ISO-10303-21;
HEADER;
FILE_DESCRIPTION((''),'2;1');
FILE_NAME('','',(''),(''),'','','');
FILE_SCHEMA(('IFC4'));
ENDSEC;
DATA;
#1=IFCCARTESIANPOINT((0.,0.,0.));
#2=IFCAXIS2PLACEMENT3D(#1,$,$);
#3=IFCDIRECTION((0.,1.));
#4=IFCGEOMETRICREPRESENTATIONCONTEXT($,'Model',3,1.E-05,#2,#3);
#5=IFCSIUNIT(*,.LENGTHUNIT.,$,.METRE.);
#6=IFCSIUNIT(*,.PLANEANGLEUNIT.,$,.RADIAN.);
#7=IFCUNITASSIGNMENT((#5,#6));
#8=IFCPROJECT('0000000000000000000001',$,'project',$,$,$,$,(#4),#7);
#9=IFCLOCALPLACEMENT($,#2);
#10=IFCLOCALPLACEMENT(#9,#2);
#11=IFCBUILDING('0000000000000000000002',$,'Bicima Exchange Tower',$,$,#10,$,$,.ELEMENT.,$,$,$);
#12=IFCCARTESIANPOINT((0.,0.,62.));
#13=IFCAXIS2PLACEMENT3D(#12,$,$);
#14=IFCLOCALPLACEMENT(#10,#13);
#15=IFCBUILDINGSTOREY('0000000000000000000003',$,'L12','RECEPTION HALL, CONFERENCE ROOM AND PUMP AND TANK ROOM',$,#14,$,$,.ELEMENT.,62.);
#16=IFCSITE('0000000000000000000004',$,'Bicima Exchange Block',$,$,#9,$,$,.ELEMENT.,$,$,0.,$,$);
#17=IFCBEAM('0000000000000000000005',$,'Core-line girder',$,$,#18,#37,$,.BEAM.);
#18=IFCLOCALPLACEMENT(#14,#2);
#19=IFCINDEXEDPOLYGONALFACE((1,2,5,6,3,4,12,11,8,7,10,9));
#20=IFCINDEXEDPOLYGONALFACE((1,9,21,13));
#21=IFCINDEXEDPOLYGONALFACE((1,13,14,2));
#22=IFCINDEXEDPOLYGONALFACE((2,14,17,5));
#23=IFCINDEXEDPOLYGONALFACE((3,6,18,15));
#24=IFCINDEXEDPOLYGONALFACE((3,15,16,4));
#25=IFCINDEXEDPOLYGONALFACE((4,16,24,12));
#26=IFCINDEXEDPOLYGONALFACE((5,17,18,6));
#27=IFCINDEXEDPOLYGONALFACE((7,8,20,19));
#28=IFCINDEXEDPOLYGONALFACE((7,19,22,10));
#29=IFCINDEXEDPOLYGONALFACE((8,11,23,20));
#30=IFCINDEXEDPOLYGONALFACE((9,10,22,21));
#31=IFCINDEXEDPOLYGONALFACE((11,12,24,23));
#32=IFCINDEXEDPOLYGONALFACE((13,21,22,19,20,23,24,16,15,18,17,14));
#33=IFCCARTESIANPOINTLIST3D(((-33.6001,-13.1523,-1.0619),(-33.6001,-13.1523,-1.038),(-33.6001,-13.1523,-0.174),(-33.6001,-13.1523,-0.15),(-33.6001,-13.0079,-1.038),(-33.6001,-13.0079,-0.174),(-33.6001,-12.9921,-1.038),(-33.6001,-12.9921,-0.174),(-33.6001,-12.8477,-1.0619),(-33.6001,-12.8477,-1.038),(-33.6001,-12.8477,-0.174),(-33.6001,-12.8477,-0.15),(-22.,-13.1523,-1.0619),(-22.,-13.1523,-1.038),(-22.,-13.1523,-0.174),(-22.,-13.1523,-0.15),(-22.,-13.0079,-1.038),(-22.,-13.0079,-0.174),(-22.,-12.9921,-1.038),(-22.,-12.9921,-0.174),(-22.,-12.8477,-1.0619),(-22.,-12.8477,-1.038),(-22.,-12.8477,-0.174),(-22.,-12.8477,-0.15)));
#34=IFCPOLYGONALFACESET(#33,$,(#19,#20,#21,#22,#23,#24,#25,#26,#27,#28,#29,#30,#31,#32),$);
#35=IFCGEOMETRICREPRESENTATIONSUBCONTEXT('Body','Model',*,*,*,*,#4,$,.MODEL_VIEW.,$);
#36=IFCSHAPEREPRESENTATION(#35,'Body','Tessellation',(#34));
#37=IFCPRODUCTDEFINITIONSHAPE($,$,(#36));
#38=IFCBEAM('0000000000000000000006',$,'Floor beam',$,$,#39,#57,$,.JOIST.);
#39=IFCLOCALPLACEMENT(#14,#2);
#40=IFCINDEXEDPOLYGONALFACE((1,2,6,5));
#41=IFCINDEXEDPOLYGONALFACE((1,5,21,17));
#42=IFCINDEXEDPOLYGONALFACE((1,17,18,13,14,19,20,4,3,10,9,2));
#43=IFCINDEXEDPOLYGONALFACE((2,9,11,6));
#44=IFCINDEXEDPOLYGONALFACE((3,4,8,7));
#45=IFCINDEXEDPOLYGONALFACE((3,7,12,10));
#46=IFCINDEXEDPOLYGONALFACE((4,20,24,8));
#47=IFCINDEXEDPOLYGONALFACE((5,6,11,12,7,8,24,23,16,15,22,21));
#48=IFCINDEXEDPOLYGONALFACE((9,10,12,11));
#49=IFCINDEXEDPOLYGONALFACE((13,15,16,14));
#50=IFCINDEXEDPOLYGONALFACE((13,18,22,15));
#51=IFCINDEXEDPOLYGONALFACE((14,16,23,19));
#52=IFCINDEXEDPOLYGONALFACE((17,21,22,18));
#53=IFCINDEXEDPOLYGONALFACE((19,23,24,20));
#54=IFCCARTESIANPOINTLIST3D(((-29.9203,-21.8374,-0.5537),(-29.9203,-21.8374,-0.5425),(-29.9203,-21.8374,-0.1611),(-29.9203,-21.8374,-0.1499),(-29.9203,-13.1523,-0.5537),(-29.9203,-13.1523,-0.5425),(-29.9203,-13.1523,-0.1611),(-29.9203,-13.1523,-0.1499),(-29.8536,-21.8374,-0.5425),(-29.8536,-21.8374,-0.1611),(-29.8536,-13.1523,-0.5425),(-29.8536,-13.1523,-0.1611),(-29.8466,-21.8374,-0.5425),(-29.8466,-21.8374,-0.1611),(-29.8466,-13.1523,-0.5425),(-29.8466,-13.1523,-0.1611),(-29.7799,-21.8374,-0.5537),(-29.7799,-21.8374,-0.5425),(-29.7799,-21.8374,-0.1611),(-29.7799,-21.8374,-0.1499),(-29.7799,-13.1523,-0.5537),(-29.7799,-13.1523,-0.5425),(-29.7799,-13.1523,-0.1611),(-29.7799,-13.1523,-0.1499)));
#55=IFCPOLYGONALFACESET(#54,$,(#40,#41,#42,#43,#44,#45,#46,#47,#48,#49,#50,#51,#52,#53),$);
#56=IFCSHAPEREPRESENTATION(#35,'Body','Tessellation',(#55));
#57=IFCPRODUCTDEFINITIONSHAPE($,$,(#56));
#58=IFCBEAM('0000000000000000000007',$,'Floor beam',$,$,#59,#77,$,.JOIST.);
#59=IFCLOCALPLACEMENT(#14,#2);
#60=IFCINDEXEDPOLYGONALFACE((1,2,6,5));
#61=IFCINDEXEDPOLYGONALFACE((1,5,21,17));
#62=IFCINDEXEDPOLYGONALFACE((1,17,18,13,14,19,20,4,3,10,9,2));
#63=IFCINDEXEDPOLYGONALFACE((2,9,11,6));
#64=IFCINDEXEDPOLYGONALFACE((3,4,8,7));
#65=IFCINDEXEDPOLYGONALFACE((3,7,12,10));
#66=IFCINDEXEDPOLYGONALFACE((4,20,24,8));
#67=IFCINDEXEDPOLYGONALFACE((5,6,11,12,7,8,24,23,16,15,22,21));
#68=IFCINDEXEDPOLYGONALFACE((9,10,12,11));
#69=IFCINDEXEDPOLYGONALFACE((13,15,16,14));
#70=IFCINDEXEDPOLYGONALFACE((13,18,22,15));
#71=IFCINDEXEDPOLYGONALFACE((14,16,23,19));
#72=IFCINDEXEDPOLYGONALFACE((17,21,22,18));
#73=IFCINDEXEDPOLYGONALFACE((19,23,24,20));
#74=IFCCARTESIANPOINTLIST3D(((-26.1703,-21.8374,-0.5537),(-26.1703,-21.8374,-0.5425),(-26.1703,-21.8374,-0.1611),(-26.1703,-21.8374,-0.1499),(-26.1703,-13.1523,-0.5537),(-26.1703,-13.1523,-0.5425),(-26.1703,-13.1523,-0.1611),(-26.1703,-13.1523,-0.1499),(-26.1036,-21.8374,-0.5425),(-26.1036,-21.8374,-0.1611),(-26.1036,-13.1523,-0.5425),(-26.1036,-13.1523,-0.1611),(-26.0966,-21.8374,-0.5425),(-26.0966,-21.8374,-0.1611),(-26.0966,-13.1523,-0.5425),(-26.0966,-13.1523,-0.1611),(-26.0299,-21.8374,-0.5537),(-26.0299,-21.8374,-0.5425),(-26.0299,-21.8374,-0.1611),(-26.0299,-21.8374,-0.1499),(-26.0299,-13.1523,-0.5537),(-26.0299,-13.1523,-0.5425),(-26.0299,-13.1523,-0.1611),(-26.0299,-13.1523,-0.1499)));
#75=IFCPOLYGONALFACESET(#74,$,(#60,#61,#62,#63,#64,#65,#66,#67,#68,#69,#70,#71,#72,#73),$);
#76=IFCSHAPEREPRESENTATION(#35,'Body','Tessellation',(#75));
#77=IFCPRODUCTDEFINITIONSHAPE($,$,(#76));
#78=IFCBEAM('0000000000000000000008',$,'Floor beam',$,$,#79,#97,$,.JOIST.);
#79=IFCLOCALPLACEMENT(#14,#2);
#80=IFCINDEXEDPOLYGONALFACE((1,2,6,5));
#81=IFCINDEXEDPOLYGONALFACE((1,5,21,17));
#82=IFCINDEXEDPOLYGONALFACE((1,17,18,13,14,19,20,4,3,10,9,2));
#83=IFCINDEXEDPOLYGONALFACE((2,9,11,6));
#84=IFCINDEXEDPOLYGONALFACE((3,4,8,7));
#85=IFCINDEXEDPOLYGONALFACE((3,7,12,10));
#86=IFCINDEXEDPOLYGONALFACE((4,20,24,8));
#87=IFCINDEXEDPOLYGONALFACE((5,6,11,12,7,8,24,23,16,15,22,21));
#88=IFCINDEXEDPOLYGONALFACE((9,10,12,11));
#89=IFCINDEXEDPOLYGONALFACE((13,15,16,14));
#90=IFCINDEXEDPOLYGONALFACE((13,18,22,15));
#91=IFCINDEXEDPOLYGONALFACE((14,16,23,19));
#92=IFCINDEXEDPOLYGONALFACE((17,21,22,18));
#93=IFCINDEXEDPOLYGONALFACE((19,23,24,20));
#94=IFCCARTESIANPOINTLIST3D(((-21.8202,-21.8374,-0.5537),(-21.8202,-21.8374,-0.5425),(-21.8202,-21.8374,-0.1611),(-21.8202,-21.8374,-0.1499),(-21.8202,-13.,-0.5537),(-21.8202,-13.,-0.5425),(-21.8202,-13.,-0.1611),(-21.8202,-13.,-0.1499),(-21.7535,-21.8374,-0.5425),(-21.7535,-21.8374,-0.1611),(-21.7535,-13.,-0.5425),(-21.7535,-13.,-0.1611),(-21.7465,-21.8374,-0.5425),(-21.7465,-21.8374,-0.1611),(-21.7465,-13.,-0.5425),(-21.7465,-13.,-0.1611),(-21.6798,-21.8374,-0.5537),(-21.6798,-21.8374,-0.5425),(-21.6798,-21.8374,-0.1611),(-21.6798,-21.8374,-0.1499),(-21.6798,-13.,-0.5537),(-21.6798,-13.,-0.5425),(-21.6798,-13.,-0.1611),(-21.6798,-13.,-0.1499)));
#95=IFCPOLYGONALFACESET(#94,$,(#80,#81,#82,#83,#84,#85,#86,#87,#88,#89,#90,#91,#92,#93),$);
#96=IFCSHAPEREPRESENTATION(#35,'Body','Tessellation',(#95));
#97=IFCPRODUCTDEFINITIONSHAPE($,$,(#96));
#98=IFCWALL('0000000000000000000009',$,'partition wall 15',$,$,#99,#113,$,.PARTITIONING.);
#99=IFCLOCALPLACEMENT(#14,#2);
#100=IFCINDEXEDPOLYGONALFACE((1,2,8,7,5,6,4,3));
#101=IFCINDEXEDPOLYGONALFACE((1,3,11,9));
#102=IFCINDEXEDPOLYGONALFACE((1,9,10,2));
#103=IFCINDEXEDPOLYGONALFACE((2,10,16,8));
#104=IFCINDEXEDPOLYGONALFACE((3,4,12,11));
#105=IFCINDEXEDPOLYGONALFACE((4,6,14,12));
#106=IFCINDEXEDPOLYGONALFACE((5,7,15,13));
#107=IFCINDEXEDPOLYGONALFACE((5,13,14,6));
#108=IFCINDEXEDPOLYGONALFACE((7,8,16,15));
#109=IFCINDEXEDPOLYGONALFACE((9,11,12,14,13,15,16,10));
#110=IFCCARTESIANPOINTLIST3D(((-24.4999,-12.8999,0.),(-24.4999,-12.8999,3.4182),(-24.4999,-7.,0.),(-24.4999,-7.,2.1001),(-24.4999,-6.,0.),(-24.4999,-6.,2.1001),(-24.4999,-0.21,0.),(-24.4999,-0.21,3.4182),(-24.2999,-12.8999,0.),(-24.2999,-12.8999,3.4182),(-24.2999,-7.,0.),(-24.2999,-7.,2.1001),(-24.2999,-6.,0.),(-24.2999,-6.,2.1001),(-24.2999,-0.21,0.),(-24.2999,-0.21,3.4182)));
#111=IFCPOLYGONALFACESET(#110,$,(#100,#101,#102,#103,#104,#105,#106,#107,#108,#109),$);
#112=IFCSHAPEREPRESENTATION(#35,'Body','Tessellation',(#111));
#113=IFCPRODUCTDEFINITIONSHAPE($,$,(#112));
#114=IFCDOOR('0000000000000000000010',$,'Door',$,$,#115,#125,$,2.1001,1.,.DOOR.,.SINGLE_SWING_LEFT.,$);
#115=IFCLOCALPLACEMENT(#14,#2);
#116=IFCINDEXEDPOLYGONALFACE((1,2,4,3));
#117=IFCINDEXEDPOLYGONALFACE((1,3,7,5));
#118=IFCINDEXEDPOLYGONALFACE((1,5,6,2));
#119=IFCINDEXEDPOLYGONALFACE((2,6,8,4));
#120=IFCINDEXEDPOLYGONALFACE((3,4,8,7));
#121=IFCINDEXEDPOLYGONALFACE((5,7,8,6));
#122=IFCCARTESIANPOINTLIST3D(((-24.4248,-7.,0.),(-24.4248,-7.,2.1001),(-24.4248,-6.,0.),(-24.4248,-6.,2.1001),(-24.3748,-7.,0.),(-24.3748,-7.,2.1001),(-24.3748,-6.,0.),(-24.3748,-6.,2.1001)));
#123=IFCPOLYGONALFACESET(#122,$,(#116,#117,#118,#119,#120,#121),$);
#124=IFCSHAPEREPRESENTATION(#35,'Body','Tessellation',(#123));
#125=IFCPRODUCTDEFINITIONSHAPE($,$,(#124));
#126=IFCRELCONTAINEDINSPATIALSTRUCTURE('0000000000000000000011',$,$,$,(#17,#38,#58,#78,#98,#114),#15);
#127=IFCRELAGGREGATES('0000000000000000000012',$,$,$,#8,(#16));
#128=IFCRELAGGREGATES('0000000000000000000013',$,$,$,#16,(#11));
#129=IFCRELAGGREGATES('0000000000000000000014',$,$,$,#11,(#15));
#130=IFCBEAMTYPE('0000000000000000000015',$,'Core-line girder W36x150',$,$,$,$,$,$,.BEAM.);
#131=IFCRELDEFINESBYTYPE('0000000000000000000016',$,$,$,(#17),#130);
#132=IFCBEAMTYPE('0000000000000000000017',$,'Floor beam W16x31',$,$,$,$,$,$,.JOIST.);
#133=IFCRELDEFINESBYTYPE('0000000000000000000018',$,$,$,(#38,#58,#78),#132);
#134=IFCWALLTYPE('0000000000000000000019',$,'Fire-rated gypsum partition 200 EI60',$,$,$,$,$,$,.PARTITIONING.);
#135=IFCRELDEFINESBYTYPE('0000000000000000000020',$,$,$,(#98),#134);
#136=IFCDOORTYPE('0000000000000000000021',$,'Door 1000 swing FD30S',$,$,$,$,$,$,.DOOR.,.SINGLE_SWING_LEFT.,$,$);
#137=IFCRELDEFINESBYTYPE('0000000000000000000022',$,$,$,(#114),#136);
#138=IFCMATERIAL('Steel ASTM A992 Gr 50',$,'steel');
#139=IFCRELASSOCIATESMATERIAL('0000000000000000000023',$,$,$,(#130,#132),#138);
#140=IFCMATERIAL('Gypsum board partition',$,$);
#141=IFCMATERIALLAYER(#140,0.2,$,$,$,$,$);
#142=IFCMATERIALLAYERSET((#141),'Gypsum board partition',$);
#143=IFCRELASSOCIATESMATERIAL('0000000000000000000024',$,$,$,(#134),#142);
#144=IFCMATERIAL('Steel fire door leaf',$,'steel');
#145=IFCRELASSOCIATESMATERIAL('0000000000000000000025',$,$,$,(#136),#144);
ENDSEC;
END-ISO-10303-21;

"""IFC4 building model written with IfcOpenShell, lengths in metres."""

from ifc_helpers import new_model, si_unit, direction, frame, frame_2d, origin, origin_2d, place, context, subcontext, project, spatial, rectangle, i_section, extrude, material, layer, layer_set, material_profile, profile_set, type_object, element, fill, save


model = new_model("IFC4")

# Units and contexts
model_context = context("Model", 3, precision=1e-05, world=origin(), true_north=direction((0.0, 1.0)))
body_context = subcontext(model_context, "Body", "Model", "MODEL_VIEW")
ifc_project = project(units=[si_unit("LENGTHUNIT", "METRE"), si_unit("PLANEANGLEUNIT", "RADIAN")], contexts=[model_context])

# Site, building, storey
site_placement = place(None, origin())
site = spatial("IfcSite", under=ifc_project, at=site_placement, Name="Bicima Exchange Block", CompositionType="ELEMENT", RefElevation=0.0)
building_placement = place(site_placement, origin())
building = spatial("IfcBuilding", under=site, at=building_placement, Name="Bicima Exchange Tower", CompositionType="ELEMENT")
storey_placement = place(building_placement, frame((0.0, 0.0, 62.0)))
storey = spatial("IfcBuildingStorey", under=building, at=storey_placement, Name="L12", Description="RECEPTION HALL, CONFERENCE ROOM AND PUMP AND TANK ROOM", CompositionType="ELEMENT", Elevation=62.0)

# Beams
ifc_material_1 = material(Name="Steel ASTM A992 Gr 50", Category="steel")
ifc_material_profile_1 = material_profile(ifc_material_1, i_section(OverallWidth=0.3047, OverallDepth=0.9119, WebThickness=0.0159, FlangeThickness=0.0239, at=origin_2d()))
ifc_profile_set_1 = profile_set([ifc_material_profile_1], Name="Steel ASTM A992 Gr 50")
beam_type_1 = type_object("IfcBeamType", Name="Core-line girder W36x150", PredefinedType="BEAM", material=ifc_profile_set_1)
beam_1_placement = place(storey_placement, frame((-22.0, -13.0, -0.606), z_axis=(-1.0, 0.0, 0.0), x_axis=(0.0, -1.0, 0.0)))
element("IfcBeam", 1, at=beam_1_placement, inside=storey, type_object=beam_type_1, Name="Core-line girder", PredefinedType="BEAM", context=body_context, shape_type="SweptSolid", body=[
    extrude(i_section(OverallWidth=0.3047, OverallDepth=0.9119, WebThickness=0.0159, FlangeThickness=0.0239, at=origin_2d()), origin(), (0.0, 0.0, 1.0), 11.6001),
])
ifc_material_profile_2 = material_profile(ifc_material_1, i_section(OverallWidth=0.1404, OverallDepth=0.4038, WebThickness=0.0071, FlangeThickness=0.0112, at=origin_2d()))
ifc_profile_set_2 = profile_set([ifc_material_profile_2], Name="Steel ASTM A992 Gr 50")
beam_type_2 = type_object("IfcBeamType", Name="Floor beam W16x31", PredefinedType="JOIST", material=ifc_profile_set_2)
for number, where, z_axis, x_axis, name in (
    (2, (-29.8501, -13.1523, -0.3518), (0.0, -1.0, 0.0), (1.0, 0.0, 0.0), "Floor beam"),
    (3, (-26.1001, -13.1523, -0.3518), (0.0, -1.0, 0.0), (1.0, 0.0, 0.0), "Floor beam"),
):
    element("IfcBeam", number, at=place(storey_placement, frame(where, z_axis=z_axis, x_axis=x_axis)), inside=storey, type_object=beam_type_2, Name=name, PredefinedType="JOIST", context=body_context, shape_type="SweptSolid", body=[
        extrude(i_section(OverallWidth=0.1404, OverallDepth=0.4038, WebThickness=0.0071, FlangeThickness=0.0112, at=origin_2d()), origin(), (0.0, 0.0, 1.0), 8.6851),
    ])
beam_2_placement = place(storey_placement, frame((-21.75, -13.0, -0.3518), z_axis=(0.0, -1.0, 0.0), x_axis=(1.0, 0.0, 0.0)))
element("IfcBeam", 4, at=beam_2_placement, inside=storey, type_object=beam_type_2, Name="Floor beam", PredefinedType="JOIST", context=body_context, shape_type="SweptSolid", body=[
    extrude(i_section(OverallWidth=0.1404, OverallDepth=0.4038, WebThickness=0.0071, FlangeThickness=0.0112, at=origin_2d()), origin(), (0.0, 0.0, 1.0), 8.8374),
])

# Wall, opening, door
ifc_material_2 = material(Name="Gypsum board partition")
ifc_layer_1 = layer(ifc_material_2, 0.2)
ifc_layer_set_1 = layer_set([ifc_layer_1], Name="Gypsum board partition")
wall_type_1 = type_object("IfcWallType", Name="Fire-rated gypsum partition 200 EI60", PredefinedType="PARTITIONING", material=ifc_layer_set_1)
wall_1_placement = place(storey_placement, frame((-24.3999, -12.8999, 0.0), z_axis=(0.0, 0.0, 1.0), x_axis=(0.0, 1.0, 0.0)))
wall_1 = element("IfcWall", 5, at=wall_1_placement, inside=storey, type_object=wall_type_1, Name="partition wall 15", PredefinedType="PARTITIONING", context=body_context, shape_type="SweptSolid", body=[
    extrude(rectangle(XDim=12.6899, YDim=0.2, at=frame_2d((6.345, 0.0))), origin(), (0.0, 0.0, 1.0), 3.4182),
])
opening_1_placement = place(wall_1_placement, frame((5.8999, 0.0, 0.0)))
opening_1 = element("IfcOpeningElement", 6, at=opening_1_placement, cuts=wall_1, PredefinedType="OPENING", context=body_context, shape_type="SweptSolid", body=[
    extrude(rectangle(XDim=1.0, YDim=2.1001, at=frame_2d((0.5, 1.05))), frame((0.0, 0.1118, 0.0), z_axis=(0.0, -1.0, 0.0), x_axis=(1.0, 0.0, 0.0)), (0.0, 0.0, 1.0), 0.2239),
])
ifc_material_3 = material(Name="Steel fire door leaf", Category="steel")
door_type_1 = type_object("IfcDoorType", Name="Door 1000 swing FD30S", OperationType="SINGLE_SWING_LEFT", PredefinedType="DOOR", material=ifc_material_3)
door_1_placement = place(opening_1_placement, origin())
door_1 = element("IfcDoor", 7, at=door_1_placement, inside=storey, type_object=door_type_1, Name="Door", OperationType="SINGLE_SWING_LEFT", OverallHeight=2.1001, OverallWidth=1.0, PredefinedType="DOOR", context=body_context, shape_type="SweptSolid", body=[
    extrude(rectangle(XDim=1.0, YDim=2.1001, at=frame_2d((0.5, 1.05))), frame((0.0, 0.0249, 0.0), z_axis=(0.0, -1.0, 0.0), x_axis=(1.0, 0.0, 0.0)), (0.0, 0.0, 1.0), 0.05),
])
fill(opening_1, door_1)

save(model, "model.ifc")
